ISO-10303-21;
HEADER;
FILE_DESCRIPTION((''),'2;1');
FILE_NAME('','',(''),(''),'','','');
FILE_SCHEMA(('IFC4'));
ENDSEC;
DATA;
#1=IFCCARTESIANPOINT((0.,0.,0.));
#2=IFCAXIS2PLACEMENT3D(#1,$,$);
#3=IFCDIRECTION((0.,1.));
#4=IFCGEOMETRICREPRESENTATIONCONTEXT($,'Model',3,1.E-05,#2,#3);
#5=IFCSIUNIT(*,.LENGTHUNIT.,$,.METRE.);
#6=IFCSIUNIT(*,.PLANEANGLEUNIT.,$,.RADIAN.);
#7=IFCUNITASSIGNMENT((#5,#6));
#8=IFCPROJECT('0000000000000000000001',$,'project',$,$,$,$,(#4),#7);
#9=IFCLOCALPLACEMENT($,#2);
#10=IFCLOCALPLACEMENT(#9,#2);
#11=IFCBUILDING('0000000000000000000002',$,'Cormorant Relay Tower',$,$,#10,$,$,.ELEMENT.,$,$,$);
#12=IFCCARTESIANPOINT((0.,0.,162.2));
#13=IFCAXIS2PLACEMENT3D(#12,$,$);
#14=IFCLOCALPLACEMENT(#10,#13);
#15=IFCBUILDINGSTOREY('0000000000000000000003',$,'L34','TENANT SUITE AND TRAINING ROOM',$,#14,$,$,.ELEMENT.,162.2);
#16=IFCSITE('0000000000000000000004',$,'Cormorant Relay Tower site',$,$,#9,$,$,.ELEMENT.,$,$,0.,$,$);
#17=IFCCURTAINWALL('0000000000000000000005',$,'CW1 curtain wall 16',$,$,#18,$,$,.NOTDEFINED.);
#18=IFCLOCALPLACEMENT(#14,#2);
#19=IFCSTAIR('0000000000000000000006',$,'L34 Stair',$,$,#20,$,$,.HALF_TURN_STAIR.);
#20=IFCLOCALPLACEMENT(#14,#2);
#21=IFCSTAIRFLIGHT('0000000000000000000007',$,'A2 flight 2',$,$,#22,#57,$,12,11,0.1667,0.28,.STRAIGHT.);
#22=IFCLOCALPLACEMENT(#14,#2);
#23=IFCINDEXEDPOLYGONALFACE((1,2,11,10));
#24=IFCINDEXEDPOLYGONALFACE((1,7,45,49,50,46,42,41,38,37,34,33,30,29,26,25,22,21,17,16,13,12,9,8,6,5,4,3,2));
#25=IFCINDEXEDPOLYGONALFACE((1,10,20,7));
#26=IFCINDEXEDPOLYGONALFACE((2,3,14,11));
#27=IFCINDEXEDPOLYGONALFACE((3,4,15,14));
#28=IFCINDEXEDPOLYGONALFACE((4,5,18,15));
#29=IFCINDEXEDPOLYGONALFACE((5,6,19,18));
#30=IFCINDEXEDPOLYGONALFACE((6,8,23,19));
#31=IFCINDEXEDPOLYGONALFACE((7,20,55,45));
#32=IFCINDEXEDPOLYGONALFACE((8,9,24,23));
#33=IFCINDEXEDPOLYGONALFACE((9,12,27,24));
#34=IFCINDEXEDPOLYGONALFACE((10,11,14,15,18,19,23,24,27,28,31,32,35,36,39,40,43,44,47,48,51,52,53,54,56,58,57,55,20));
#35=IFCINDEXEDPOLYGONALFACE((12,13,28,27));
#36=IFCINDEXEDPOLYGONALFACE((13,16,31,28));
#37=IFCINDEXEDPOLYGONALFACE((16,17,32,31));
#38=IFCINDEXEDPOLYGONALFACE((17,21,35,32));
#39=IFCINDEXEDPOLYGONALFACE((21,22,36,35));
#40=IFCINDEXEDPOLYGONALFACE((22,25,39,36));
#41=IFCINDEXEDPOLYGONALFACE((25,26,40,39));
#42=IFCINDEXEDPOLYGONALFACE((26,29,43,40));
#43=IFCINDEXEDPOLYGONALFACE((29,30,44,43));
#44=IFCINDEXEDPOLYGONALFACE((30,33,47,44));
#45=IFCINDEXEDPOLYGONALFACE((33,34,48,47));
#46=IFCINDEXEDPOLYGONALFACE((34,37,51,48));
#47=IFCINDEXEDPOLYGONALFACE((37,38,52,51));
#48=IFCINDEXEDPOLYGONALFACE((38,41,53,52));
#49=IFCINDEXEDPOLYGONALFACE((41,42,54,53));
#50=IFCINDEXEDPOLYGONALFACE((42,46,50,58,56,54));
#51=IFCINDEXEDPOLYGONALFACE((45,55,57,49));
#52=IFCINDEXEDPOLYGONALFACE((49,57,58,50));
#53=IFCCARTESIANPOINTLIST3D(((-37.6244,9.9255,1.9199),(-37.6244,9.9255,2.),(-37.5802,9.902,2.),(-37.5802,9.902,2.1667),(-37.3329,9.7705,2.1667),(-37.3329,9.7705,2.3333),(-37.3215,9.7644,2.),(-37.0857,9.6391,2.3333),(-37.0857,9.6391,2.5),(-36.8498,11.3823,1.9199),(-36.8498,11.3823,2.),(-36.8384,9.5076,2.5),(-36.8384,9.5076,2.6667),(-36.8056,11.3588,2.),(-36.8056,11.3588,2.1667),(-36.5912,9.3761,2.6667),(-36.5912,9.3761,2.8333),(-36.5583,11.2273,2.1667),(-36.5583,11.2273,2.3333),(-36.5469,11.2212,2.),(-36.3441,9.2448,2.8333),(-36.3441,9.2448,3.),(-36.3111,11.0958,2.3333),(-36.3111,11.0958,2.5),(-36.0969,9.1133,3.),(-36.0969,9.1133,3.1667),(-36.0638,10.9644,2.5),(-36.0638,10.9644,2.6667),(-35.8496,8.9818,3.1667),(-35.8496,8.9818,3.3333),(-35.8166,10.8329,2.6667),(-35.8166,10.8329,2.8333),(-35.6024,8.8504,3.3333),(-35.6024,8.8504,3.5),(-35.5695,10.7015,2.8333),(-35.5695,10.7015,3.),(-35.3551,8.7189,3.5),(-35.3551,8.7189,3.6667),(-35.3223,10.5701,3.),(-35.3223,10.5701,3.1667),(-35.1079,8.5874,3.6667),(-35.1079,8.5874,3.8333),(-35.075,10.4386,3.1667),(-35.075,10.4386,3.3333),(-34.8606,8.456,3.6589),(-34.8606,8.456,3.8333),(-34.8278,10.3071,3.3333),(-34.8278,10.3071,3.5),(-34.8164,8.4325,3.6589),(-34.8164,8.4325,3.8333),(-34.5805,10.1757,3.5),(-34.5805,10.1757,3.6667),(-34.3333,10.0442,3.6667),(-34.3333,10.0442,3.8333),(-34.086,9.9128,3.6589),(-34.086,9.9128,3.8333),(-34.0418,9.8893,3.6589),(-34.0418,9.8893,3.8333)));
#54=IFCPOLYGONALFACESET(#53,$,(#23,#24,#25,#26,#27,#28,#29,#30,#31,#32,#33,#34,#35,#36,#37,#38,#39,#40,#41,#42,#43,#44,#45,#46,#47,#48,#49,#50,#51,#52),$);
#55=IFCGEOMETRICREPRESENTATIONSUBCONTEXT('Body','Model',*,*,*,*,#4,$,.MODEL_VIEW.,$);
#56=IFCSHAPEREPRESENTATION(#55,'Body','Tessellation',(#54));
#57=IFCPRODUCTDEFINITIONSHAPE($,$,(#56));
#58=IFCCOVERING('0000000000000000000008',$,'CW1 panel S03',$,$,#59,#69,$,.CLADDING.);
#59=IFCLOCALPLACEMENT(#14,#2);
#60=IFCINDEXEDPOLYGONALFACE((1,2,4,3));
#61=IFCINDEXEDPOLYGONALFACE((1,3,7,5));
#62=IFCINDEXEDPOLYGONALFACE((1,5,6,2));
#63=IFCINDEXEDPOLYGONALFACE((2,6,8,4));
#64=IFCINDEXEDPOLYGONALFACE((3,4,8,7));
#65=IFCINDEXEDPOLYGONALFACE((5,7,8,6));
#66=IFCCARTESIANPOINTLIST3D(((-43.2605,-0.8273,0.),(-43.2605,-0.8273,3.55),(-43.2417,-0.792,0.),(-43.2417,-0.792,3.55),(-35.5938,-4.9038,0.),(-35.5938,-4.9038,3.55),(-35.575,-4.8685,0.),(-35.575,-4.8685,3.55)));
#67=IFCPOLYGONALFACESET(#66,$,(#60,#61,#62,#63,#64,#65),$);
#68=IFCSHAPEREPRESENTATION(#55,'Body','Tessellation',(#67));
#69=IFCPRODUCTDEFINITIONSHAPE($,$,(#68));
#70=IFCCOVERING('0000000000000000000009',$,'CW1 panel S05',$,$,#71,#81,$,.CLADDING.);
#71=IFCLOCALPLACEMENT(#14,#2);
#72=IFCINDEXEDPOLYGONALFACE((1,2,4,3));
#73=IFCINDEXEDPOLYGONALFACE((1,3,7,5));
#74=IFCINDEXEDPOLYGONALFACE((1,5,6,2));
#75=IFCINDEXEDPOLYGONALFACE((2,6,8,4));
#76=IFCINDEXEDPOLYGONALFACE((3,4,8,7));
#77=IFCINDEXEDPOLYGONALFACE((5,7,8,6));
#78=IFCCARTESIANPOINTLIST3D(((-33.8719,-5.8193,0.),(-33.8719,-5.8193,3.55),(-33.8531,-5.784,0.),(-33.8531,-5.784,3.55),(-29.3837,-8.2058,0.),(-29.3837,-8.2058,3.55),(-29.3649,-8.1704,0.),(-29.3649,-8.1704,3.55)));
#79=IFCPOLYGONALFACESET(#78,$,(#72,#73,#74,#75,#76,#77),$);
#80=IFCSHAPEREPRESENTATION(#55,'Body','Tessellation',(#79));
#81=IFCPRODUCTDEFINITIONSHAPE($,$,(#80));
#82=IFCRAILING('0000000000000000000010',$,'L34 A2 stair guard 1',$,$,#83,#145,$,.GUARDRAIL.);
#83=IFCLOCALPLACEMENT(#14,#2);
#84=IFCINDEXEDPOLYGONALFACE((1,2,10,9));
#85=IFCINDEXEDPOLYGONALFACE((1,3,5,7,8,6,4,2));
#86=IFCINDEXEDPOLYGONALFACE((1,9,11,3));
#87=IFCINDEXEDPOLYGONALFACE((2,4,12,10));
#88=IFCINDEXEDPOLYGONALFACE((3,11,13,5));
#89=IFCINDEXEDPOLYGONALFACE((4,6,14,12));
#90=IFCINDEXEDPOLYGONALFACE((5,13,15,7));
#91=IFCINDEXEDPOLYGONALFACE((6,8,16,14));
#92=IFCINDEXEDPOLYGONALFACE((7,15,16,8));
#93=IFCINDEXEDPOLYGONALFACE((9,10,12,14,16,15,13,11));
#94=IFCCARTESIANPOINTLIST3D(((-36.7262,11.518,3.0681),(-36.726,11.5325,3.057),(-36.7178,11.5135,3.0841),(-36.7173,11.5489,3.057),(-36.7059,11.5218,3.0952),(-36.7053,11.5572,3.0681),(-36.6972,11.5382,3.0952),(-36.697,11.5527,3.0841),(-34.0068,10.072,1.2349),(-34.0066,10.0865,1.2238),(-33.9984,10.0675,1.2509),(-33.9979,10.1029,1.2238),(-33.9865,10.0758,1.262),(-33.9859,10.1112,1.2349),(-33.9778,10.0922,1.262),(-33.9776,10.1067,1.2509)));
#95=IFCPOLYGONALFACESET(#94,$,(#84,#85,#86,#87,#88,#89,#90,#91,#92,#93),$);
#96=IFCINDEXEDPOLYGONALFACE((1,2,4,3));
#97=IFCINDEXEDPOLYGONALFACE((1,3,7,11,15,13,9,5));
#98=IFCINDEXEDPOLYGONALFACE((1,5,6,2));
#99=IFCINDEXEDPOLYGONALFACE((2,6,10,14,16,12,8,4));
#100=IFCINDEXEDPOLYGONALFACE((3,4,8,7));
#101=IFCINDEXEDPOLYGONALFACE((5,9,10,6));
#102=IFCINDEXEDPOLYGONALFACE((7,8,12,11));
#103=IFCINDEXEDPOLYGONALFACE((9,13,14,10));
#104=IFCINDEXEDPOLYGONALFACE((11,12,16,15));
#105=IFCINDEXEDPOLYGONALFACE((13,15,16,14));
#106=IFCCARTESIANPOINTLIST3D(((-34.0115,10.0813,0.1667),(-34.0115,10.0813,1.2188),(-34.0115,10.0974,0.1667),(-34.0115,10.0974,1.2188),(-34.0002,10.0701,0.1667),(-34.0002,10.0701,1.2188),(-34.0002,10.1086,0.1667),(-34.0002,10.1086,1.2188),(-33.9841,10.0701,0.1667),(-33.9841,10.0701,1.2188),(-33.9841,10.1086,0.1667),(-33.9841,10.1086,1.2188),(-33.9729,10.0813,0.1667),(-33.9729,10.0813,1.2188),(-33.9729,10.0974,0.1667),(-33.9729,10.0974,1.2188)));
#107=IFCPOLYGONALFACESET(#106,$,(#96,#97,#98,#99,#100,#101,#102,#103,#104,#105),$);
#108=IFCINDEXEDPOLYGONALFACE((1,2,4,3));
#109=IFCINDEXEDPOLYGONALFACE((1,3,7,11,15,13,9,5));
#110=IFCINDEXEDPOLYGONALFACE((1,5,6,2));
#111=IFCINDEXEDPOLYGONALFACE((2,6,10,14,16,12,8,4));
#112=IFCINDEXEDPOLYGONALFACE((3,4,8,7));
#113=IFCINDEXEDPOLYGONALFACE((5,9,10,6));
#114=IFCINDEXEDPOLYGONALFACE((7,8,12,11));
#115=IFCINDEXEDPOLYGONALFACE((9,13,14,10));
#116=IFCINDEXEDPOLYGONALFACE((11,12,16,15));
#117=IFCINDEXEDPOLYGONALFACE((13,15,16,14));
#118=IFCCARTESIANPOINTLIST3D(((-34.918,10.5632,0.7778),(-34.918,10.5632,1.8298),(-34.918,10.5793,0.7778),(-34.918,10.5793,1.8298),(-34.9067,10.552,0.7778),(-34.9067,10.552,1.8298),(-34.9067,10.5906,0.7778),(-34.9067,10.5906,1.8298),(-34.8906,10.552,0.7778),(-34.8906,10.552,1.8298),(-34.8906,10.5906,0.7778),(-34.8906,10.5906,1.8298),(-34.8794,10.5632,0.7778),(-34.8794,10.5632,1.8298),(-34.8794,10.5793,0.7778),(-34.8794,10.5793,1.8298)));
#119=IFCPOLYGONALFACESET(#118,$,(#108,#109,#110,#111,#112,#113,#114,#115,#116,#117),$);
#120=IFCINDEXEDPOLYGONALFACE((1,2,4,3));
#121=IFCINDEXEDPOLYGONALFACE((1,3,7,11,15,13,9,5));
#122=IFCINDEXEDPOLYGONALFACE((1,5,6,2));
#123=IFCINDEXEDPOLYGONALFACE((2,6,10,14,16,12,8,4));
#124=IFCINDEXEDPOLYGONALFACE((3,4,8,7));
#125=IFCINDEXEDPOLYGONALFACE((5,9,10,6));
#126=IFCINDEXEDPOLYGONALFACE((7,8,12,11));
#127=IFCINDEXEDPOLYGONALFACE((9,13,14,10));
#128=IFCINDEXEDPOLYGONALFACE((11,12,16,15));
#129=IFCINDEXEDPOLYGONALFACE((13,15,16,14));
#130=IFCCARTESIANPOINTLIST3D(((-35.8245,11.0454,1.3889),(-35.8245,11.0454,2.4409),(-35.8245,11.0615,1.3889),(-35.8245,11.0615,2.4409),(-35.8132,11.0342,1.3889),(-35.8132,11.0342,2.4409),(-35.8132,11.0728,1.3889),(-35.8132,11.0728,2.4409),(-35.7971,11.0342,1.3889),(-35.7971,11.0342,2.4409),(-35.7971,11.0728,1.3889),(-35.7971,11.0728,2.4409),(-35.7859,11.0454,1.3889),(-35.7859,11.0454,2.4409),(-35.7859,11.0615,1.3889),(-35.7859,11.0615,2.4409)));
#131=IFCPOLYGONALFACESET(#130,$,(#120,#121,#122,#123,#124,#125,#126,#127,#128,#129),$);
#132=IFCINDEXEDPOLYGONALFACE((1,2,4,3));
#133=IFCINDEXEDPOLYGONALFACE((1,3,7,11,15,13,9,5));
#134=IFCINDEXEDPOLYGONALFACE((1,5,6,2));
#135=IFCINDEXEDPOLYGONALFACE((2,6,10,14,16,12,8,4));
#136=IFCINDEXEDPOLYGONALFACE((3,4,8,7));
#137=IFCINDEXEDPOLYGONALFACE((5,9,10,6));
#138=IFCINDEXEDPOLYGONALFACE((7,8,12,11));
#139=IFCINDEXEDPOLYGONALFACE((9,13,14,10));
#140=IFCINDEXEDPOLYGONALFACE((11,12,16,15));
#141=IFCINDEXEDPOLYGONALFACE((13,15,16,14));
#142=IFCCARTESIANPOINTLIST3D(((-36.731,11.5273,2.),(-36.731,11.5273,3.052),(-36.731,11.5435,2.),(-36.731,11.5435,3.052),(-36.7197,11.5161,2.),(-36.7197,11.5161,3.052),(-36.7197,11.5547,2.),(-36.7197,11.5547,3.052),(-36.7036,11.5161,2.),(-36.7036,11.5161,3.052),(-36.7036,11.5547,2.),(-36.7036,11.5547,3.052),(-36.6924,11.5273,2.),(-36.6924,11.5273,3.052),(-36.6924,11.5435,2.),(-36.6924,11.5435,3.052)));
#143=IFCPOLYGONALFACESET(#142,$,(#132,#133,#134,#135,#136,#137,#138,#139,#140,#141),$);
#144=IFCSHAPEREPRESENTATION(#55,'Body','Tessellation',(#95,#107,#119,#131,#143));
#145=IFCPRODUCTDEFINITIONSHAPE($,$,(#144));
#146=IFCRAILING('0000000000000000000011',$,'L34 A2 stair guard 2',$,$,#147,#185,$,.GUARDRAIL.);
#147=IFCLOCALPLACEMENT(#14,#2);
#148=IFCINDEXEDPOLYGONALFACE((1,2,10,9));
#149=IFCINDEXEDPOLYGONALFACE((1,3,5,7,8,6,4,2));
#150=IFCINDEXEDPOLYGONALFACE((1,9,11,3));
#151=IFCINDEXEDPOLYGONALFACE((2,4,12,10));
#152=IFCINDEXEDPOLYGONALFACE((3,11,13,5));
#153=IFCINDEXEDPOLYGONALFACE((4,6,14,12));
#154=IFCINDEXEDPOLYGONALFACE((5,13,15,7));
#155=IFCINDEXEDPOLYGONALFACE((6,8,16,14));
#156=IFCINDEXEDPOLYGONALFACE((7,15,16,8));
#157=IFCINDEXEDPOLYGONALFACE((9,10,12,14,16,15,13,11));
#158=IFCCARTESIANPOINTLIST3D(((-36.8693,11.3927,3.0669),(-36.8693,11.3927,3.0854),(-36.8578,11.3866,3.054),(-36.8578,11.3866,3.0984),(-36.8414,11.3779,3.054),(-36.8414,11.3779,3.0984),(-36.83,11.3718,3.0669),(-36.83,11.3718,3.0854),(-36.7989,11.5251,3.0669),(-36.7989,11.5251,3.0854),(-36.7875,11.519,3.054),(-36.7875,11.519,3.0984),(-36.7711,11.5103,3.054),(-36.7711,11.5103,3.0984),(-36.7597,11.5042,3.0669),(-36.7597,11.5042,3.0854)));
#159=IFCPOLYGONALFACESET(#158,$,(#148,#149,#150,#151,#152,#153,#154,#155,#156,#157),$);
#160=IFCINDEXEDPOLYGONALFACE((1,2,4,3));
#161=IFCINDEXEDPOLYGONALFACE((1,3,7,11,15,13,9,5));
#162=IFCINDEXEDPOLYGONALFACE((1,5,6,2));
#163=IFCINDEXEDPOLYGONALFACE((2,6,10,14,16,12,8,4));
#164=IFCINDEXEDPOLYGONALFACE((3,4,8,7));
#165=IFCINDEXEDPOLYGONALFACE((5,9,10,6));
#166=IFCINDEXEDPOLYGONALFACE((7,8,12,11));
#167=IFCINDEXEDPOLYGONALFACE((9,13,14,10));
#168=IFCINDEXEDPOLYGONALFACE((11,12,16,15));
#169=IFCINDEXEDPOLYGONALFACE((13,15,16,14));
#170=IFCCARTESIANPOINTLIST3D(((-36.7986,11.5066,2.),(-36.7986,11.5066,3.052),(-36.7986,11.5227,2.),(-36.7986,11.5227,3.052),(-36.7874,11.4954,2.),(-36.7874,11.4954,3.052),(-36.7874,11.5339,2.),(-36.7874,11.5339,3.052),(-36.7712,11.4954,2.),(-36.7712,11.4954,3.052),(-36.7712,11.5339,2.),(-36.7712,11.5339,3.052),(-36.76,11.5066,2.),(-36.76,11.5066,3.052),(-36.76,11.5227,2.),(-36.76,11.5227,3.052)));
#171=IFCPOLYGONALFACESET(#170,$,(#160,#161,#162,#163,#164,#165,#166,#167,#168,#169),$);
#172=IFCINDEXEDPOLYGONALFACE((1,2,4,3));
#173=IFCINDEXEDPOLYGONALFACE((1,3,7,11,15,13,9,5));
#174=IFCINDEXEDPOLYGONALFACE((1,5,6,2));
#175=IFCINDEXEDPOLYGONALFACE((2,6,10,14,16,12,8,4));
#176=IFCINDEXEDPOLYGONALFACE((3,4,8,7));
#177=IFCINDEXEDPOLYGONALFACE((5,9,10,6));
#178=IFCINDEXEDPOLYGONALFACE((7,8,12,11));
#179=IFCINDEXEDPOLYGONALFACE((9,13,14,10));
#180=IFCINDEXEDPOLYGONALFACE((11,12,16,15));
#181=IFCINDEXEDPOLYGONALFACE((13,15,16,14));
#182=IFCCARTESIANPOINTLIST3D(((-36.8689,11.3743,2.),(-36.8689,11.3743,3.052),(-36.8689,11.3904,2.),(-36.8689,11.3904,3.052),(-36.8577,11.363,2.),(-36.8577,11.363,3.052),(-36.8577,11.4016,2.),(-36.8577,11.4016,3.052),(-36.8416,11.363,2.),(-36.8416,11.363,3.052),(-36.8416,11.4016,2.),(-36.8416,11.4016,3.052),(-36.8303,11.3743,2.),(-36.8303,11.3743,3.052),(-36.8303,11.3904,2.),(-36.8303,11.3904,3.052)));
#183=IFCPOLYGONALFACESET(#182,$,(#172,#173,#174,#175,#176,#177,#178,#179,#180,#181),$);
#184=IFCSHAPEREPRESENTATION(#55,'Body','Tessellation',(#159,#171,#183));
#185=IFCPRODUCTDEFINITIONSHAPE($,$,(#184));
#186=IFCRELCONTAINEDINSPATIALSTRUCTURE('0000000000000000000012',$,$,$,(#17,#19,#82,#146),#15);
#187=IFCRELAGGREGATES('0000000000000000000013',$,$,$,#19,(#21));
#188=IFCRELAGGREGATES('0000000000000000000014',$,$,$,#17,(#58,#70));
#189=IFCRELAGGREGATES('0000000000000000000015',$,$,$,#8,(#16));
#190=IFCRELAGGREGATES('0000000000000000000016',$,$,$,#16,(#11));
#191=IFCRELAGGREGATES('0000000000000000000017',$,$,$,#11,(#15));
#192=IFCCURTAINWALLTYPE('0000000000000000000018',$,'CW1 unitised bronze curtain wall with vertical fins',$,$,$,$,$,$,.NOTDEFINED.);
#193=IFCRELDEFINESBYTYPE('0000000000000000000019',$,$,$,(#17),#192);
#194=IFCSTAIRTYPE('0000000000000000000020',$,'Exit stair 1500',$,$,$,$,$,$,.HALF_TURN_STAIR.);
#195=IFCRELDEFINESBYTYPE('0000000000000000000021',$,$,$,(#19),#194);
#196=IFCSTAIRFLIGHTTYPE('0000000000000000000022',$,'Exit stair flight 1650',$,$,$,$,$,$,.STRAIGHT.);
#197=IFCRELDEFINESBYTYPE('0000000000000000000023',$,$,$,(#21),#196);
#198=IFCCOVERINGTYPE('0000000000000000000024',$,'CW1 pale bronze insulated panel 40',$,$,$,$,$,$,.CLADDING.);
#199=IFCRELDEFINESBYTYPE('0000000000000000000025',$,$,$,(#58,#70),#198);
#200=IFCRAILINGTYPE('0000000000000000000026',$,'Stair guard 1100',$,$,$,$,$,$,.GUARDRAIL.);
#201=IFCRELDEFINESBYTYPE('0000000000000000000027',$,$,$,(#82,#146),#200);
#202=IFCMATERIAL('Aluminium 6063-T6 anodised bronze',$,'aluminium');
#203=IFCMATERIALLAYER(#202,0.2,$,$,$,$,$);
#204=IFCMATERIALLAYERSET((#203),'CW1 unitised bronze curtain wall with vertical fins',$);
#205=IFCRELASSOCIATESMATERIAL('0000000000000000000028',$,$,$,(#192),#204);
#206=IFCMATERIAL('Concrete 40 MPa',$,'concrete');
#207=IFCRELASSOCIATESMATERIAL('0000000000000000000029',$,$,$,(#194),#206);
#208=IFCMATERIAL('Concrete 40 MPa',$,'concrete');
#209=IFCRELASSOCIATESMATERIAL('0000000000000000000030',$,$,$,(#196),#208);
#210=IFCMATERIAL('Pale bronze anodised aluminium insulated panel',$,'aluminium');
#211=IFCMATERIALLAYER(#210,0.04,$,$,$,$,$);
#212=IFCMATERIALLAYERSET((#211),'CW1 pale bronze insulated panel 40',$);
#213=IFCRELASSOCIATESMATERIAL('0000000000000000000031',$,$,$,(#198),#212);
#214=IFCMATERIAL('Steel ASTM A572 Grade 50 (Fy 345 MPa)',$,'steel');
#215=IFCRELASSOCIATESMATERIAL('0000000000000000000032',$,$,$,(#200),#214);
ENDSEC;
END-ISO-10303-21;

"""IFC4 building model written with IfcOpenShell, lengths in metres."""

from ifc_helpers import new_model, si_unit, direction, frame, origin, origin_2d, place, context, subcontext, project, spatial, polyline, rectangle, outline, extrude, material, layer, layer_set, type_object, element, aggregate, save


model = new_model("IFC4")

# Units and contexts
model_context = context("Model", 3, precision=1e-05, world=origin(), true_north=direction((0.0, 1.0)))
body_context = subcontext(model_context, "Body", "Model", "MODEL_VIEW")
ifc_project = project(units=[si_unit("LENGTHUNIT", "METRE"), si_unit("PLANEANGLEUNIT", "RADIAN")], contexts=[model_context])

# Site, building, storey
site_placement = place(None, origin())
site = spatial("IfcSite", under=ifc_project, at=site_placement, Name="Cormorant Relay Tower site", CompositionType="ELEMENT", RefElevation=0.0)
building_placement = place(site_placement, origin())
building = spatial("IfcBuilding", under=site, at=building_placement, Name="Cormorant Relay Tower", CompositionType="ELEMENT")
storey_placement = place(building_placement, frame((0.0, 0.0, 162.2)))
storey = spatial("IfcBuildingStorey", under=building, at=storey_placement, Name="L34", Description="TENANT SUITE AND TRAINING ROOM", CompositionType="ELEMENT", Elevation=162.2)

# Curtain wall
ifc_material_1 = material(Name="Aluminium 6063-T6 anodised bronze", Category="aluminium")
ifc_layer_1 = layer(ifc_material_1, 0.2)
ifc_layer_set_1 = layer_set([ifc_layer_1], Name="CW1 unitised bronze curtain wall with vertical fins")
curtain_wall_type = type_object("IfcCurtainWallType", Name="CW1 unitised bronze curtain wall with vertical fins", PredefinedType="NOTDEFINED", material=ifc_layer_set_1)
curtain_wall_placement = place(storey_placement, origin())
curtain_wall = element("IfcCurtainWall", 1, at=curtain_wall_placement, inside=storey, type_object=curtain_wall_type, Name="CW1 curtain wall 16", PredefinedType="NOTDEFINED")

# Stair, stair flight
ifc_material_2 = material(Name="Concrete 40 MPa", Category="concrete")
stair_type = type_object("IfcStairType", Name="Exit stair 1500", PredefinedType="HALF_TURN_STAIR", material=ifc_material_2)
stair_placement = place(storey_placement, origin())
stair = element("IfcStair", 2, at=stair_placement, inside=storey, type_object=stair_type, Name="L34 Stair", PredefinedType="HALF_TURN_STAIR")
ifc_material_3 = material(Name="Concrete 40 MPa", Category="concrete")
stair_flight_type = type_object("IfcStairFlightType", Name="Exit stair flight 1650", PredefinedType="STRAIGHT", material=ifc_material_3)
stair_flight_1_placement = place(storey_placement, frame((-37.1929, 10.6304, 2.0), z_axis=(0.0, 0.0, 1.0), x_axis=(0.882948, -0.469472, 0.0)))
stair_flight_1 = element("IfcStairFlight", 3, at=stair_flight_1_placement, type_object=stair_flight_type, Name="A2 flight 2", NumberOfRisers=12, NumberOfTreads=11, PredefinedType="STRAIGHT", RiserHeight=0.1667, TreadLength=0.28, context=body_context, shape_type="SweptSolid", body=[
    extrude(outline(polyline([(-0.05, -0.0801), (-0.05, 0.0), (0.0, 0.0), (0.0, 0.1667), (0.28, 0.1667), (0.28, 0.3333), (0.5601, 0.3333), (0.5601, 0.5), (0.8401, 0.5), (0.8401, 0.6667), (1.1201, 0.6667), (1.1201, 0.8333), (1.3999, 0.8333), (1.3999, 1.0), (1.6799, 1.0), (1.6799, 1.1667), (1.96, 1.1667), (1.96, 1.3333), (2.24, 1.3333), (2.24, 1.5), (2.52, 1.5), (2.52, 1.6667), (2.8, 1.6667), (2.8, 1.8333), (3.0801, 1.8333), (3.1301, 1.8333), (3.1301, 1.6589), (3.0801, 1.6589), (0.293, 0.0), (-0.05, -0.0801)])), frame((0.0, 0.825, 0.0), z_axis=(0.0, -1.0, 0.0), x_axis=(1.0, 0.0, 0.0)), (0.0, 0.0, 1.0), 1.6499),
])
aggregate(stair, [stair_flight_1])

# Coverings
ifc_material_4 = material(Name="Pale bronze anodised aluminium insulated panel", Category="aluminium")
ifc_layer_2 = layer(ifc_material_4, 0.04)
ifc_layer_set_2 = layer_set([ifc_layer_2], Name="CW1 pale bronze insulated panel 40")
covering_type = type_object("IfcCoveringType", Name="CW1 pale bronze insulated panel 40", PredefinedType="CLADDING", material=ifc_layer_set_2)
covering_1_placement = place(storey_placement, frame((-39.4177, -2.8479, 0.0), z_axis=(0.0, 0.0, 1.0), x_axis=(0.882948, -0.469472, 0.0)))
covering_1 = element("IfcCovering", 4, at=covering_1_placement, type_object=covering_type, Name="CW1 panel S03", PredefinedType="CLADDING", context=body_context, shape_type="SweptSolid", body=[
    extrude(rectangle(XDim=8.6831, YDim=0.04, at=origin_2d()), origin(), (0.0, 0.0, 1.0), 3.55),
])
covering_2_placement = place(storey_placement, frame((-31.6184, -6.9949, 0.0), z_axis=(0.0, 0.0, 1.0), x_axis=(0.882948, -0.469472, 0.0)))
covering_2 = element("IfcCovering", 5, at=covering_2_placement, type_object=covering_type, Name="CW1 panel S05", PredefinedType="CLADDING", context=body_context, shape_type="SweptSolid", body=[
    extrude(rectangle(XDim=5.0833, YDim=0.04, at=origin_2d()), origin(), (0.0, 0.0, 1.0), 3.55),
])
aggregate(curtain_wall, [covering_1, covering_2])

# Railings
ifc_material_5 = material(Name="Steel ASTM A572 Grade 50 (Fy 345 MPa)", Category="steel")
railing_type_1 = type_object("IfcRailingType", Name="Stair guard 1100", PredefinedType="GUARDRAIL", material=ifc_material_5)
railing_1_placement = place(storey_placement, frame((-33.9922, 10.0894, 0.1667)))
element("IfcRailing", 6, at=railing_1_placement, inside=storey, type_object=railing_type_1, Name="L34 A2 stair guard 1", PredefinedType="GUARDRAIL", context=body_context, shape_type="SweptSolid", body=[
    extrude(outline(polyline([(0.0222, 0.0093), (0.0093, 0.0222), (-0.0093, 0.0222), (-0.0222, 0.0093), (-0.0222, -0.0093), (-0.0093, -0.0222), (0.0093, -0.0222), (0.0222, -0.0093), (0.0222, 0.0093)])), frame((0.0, 0.0, 1.0762), z_axis=(-0.758714, 0.403435, 0.511463), x_axis=(-0.469489, -0.882938, 0.0)), (0.0, 0.0, 1.0), 3.5842),
    extrude(outline(polyline([(0.0193, 0.0081), (0.0081, 0.0193), (-0.0081, 0.0193), (-0.0193, 0.0081), (-0.0193, -0.0081), (-0.0081, -0.0193), (0.0081, -0.0193), (0.0193, -0.0081), (0.0193, 0.0081)])), origin(), (0.0, 0.0, 1.0), 1.052),
    extrude(outline(polyline([(0.0193, 0.0081), (0.0081, 0.0193), (-0.0081, 0.0193), (-0.0193, 0.0081), (-0.0193, -0.0081), (-0.0081, -0.0193), (0.0081, -0.0193), (0.0193, -0.0081), (0.0193, 0.0081)])), frame((-0.9065, 0.4819, 0.6111)), (0.0, 0.0, 1.0), 1.052),
    extrude(outline(polyline([(0.0193, 0.0081), (0.0081, 0.0193), (-0.0081, 0.0193), (-0.0193, 0.0081), (-0.0193, -0.0081), (-0.0081, -0.0193), (0.0081, -0.0193), (0.0193, -0.0081), (0.0193, 0.0081)])), frame((-1.813, 0.9641, 1.2222)), (0.0, 0.0, 1.0), 1.052),
    extrude(outline(polyline([(0.0193, 0.0081), (0.0081, 0.0193), (-0.0081, 0.0193), (-0.0193, 0.0081), (-0.0193, -0.0081), (-0.0081, -0.0193), (0.0081, -0.0193), (0.0193, -0.0081), (0.0193, 0.0081)])), frame((-2.7195, 1.446, 1.8333)), (0.0, 0.0, 1.0), 1.052),
])
railing_2_placement = place(storey_placement, frame((-36.7793, 11.5146, 2.0)))
element("IfcRailing", 7, at=railing_2_placement, inside=storey, type_object=railing_type_1, Name="L34 A2 stair guard 2", PredefinedType="GUARDRAIL", context=body_context, shape_type="SweptSolid", body=[
    extrude(outline(polyline([(0.0222, 0.0093), (0.0093, 0.0222), (-0.0093, 0.0222), (-0.0222, 0.0093), (-0.0222, -0.0093), (-0.0093, -0.0222), (0.0093, -0.0222), (0.0222, -0.0093), (0.0222, 0.0093)])), frame((0.0, 0.0, 1.0762), z_axis=(-0.469235, -0.883074, 0.0), x_axis=(0.883074, -0.469235, 0.0)), (0.0, 0.0, 1.0), 0.1499),
    extrude(outline(polyline([(0.0193, 0.0081), (0.0081, 0.0193), (-0.0081, 0.0193), (-0.0193, 0.0081), (-0.0193, -0.0081), (-0.0081, -0.0193), (0.0081, -0.0193), (0.0193, -0.0081), (0.0193, 0.0081)])), origin(), (0.0, 0.0, 1.0), 1.052),
    extrude(outline(polyline([(0.0193, 0.0081), (0.0081, 0.0193), (-0.0081, 0.0193), (-0.0193, 0.0081), (-0.0193, -0.0081), (-0.0081, -0.0193), (0.0081, -0.0193), (0.0193, -0.0081), (0.0193, 0.0081)])), frame((-0.0703, -0.1323, 0.0)), (0.0, 0.0, 1.0), 1.052),
])

save(model, "model.ifc")
